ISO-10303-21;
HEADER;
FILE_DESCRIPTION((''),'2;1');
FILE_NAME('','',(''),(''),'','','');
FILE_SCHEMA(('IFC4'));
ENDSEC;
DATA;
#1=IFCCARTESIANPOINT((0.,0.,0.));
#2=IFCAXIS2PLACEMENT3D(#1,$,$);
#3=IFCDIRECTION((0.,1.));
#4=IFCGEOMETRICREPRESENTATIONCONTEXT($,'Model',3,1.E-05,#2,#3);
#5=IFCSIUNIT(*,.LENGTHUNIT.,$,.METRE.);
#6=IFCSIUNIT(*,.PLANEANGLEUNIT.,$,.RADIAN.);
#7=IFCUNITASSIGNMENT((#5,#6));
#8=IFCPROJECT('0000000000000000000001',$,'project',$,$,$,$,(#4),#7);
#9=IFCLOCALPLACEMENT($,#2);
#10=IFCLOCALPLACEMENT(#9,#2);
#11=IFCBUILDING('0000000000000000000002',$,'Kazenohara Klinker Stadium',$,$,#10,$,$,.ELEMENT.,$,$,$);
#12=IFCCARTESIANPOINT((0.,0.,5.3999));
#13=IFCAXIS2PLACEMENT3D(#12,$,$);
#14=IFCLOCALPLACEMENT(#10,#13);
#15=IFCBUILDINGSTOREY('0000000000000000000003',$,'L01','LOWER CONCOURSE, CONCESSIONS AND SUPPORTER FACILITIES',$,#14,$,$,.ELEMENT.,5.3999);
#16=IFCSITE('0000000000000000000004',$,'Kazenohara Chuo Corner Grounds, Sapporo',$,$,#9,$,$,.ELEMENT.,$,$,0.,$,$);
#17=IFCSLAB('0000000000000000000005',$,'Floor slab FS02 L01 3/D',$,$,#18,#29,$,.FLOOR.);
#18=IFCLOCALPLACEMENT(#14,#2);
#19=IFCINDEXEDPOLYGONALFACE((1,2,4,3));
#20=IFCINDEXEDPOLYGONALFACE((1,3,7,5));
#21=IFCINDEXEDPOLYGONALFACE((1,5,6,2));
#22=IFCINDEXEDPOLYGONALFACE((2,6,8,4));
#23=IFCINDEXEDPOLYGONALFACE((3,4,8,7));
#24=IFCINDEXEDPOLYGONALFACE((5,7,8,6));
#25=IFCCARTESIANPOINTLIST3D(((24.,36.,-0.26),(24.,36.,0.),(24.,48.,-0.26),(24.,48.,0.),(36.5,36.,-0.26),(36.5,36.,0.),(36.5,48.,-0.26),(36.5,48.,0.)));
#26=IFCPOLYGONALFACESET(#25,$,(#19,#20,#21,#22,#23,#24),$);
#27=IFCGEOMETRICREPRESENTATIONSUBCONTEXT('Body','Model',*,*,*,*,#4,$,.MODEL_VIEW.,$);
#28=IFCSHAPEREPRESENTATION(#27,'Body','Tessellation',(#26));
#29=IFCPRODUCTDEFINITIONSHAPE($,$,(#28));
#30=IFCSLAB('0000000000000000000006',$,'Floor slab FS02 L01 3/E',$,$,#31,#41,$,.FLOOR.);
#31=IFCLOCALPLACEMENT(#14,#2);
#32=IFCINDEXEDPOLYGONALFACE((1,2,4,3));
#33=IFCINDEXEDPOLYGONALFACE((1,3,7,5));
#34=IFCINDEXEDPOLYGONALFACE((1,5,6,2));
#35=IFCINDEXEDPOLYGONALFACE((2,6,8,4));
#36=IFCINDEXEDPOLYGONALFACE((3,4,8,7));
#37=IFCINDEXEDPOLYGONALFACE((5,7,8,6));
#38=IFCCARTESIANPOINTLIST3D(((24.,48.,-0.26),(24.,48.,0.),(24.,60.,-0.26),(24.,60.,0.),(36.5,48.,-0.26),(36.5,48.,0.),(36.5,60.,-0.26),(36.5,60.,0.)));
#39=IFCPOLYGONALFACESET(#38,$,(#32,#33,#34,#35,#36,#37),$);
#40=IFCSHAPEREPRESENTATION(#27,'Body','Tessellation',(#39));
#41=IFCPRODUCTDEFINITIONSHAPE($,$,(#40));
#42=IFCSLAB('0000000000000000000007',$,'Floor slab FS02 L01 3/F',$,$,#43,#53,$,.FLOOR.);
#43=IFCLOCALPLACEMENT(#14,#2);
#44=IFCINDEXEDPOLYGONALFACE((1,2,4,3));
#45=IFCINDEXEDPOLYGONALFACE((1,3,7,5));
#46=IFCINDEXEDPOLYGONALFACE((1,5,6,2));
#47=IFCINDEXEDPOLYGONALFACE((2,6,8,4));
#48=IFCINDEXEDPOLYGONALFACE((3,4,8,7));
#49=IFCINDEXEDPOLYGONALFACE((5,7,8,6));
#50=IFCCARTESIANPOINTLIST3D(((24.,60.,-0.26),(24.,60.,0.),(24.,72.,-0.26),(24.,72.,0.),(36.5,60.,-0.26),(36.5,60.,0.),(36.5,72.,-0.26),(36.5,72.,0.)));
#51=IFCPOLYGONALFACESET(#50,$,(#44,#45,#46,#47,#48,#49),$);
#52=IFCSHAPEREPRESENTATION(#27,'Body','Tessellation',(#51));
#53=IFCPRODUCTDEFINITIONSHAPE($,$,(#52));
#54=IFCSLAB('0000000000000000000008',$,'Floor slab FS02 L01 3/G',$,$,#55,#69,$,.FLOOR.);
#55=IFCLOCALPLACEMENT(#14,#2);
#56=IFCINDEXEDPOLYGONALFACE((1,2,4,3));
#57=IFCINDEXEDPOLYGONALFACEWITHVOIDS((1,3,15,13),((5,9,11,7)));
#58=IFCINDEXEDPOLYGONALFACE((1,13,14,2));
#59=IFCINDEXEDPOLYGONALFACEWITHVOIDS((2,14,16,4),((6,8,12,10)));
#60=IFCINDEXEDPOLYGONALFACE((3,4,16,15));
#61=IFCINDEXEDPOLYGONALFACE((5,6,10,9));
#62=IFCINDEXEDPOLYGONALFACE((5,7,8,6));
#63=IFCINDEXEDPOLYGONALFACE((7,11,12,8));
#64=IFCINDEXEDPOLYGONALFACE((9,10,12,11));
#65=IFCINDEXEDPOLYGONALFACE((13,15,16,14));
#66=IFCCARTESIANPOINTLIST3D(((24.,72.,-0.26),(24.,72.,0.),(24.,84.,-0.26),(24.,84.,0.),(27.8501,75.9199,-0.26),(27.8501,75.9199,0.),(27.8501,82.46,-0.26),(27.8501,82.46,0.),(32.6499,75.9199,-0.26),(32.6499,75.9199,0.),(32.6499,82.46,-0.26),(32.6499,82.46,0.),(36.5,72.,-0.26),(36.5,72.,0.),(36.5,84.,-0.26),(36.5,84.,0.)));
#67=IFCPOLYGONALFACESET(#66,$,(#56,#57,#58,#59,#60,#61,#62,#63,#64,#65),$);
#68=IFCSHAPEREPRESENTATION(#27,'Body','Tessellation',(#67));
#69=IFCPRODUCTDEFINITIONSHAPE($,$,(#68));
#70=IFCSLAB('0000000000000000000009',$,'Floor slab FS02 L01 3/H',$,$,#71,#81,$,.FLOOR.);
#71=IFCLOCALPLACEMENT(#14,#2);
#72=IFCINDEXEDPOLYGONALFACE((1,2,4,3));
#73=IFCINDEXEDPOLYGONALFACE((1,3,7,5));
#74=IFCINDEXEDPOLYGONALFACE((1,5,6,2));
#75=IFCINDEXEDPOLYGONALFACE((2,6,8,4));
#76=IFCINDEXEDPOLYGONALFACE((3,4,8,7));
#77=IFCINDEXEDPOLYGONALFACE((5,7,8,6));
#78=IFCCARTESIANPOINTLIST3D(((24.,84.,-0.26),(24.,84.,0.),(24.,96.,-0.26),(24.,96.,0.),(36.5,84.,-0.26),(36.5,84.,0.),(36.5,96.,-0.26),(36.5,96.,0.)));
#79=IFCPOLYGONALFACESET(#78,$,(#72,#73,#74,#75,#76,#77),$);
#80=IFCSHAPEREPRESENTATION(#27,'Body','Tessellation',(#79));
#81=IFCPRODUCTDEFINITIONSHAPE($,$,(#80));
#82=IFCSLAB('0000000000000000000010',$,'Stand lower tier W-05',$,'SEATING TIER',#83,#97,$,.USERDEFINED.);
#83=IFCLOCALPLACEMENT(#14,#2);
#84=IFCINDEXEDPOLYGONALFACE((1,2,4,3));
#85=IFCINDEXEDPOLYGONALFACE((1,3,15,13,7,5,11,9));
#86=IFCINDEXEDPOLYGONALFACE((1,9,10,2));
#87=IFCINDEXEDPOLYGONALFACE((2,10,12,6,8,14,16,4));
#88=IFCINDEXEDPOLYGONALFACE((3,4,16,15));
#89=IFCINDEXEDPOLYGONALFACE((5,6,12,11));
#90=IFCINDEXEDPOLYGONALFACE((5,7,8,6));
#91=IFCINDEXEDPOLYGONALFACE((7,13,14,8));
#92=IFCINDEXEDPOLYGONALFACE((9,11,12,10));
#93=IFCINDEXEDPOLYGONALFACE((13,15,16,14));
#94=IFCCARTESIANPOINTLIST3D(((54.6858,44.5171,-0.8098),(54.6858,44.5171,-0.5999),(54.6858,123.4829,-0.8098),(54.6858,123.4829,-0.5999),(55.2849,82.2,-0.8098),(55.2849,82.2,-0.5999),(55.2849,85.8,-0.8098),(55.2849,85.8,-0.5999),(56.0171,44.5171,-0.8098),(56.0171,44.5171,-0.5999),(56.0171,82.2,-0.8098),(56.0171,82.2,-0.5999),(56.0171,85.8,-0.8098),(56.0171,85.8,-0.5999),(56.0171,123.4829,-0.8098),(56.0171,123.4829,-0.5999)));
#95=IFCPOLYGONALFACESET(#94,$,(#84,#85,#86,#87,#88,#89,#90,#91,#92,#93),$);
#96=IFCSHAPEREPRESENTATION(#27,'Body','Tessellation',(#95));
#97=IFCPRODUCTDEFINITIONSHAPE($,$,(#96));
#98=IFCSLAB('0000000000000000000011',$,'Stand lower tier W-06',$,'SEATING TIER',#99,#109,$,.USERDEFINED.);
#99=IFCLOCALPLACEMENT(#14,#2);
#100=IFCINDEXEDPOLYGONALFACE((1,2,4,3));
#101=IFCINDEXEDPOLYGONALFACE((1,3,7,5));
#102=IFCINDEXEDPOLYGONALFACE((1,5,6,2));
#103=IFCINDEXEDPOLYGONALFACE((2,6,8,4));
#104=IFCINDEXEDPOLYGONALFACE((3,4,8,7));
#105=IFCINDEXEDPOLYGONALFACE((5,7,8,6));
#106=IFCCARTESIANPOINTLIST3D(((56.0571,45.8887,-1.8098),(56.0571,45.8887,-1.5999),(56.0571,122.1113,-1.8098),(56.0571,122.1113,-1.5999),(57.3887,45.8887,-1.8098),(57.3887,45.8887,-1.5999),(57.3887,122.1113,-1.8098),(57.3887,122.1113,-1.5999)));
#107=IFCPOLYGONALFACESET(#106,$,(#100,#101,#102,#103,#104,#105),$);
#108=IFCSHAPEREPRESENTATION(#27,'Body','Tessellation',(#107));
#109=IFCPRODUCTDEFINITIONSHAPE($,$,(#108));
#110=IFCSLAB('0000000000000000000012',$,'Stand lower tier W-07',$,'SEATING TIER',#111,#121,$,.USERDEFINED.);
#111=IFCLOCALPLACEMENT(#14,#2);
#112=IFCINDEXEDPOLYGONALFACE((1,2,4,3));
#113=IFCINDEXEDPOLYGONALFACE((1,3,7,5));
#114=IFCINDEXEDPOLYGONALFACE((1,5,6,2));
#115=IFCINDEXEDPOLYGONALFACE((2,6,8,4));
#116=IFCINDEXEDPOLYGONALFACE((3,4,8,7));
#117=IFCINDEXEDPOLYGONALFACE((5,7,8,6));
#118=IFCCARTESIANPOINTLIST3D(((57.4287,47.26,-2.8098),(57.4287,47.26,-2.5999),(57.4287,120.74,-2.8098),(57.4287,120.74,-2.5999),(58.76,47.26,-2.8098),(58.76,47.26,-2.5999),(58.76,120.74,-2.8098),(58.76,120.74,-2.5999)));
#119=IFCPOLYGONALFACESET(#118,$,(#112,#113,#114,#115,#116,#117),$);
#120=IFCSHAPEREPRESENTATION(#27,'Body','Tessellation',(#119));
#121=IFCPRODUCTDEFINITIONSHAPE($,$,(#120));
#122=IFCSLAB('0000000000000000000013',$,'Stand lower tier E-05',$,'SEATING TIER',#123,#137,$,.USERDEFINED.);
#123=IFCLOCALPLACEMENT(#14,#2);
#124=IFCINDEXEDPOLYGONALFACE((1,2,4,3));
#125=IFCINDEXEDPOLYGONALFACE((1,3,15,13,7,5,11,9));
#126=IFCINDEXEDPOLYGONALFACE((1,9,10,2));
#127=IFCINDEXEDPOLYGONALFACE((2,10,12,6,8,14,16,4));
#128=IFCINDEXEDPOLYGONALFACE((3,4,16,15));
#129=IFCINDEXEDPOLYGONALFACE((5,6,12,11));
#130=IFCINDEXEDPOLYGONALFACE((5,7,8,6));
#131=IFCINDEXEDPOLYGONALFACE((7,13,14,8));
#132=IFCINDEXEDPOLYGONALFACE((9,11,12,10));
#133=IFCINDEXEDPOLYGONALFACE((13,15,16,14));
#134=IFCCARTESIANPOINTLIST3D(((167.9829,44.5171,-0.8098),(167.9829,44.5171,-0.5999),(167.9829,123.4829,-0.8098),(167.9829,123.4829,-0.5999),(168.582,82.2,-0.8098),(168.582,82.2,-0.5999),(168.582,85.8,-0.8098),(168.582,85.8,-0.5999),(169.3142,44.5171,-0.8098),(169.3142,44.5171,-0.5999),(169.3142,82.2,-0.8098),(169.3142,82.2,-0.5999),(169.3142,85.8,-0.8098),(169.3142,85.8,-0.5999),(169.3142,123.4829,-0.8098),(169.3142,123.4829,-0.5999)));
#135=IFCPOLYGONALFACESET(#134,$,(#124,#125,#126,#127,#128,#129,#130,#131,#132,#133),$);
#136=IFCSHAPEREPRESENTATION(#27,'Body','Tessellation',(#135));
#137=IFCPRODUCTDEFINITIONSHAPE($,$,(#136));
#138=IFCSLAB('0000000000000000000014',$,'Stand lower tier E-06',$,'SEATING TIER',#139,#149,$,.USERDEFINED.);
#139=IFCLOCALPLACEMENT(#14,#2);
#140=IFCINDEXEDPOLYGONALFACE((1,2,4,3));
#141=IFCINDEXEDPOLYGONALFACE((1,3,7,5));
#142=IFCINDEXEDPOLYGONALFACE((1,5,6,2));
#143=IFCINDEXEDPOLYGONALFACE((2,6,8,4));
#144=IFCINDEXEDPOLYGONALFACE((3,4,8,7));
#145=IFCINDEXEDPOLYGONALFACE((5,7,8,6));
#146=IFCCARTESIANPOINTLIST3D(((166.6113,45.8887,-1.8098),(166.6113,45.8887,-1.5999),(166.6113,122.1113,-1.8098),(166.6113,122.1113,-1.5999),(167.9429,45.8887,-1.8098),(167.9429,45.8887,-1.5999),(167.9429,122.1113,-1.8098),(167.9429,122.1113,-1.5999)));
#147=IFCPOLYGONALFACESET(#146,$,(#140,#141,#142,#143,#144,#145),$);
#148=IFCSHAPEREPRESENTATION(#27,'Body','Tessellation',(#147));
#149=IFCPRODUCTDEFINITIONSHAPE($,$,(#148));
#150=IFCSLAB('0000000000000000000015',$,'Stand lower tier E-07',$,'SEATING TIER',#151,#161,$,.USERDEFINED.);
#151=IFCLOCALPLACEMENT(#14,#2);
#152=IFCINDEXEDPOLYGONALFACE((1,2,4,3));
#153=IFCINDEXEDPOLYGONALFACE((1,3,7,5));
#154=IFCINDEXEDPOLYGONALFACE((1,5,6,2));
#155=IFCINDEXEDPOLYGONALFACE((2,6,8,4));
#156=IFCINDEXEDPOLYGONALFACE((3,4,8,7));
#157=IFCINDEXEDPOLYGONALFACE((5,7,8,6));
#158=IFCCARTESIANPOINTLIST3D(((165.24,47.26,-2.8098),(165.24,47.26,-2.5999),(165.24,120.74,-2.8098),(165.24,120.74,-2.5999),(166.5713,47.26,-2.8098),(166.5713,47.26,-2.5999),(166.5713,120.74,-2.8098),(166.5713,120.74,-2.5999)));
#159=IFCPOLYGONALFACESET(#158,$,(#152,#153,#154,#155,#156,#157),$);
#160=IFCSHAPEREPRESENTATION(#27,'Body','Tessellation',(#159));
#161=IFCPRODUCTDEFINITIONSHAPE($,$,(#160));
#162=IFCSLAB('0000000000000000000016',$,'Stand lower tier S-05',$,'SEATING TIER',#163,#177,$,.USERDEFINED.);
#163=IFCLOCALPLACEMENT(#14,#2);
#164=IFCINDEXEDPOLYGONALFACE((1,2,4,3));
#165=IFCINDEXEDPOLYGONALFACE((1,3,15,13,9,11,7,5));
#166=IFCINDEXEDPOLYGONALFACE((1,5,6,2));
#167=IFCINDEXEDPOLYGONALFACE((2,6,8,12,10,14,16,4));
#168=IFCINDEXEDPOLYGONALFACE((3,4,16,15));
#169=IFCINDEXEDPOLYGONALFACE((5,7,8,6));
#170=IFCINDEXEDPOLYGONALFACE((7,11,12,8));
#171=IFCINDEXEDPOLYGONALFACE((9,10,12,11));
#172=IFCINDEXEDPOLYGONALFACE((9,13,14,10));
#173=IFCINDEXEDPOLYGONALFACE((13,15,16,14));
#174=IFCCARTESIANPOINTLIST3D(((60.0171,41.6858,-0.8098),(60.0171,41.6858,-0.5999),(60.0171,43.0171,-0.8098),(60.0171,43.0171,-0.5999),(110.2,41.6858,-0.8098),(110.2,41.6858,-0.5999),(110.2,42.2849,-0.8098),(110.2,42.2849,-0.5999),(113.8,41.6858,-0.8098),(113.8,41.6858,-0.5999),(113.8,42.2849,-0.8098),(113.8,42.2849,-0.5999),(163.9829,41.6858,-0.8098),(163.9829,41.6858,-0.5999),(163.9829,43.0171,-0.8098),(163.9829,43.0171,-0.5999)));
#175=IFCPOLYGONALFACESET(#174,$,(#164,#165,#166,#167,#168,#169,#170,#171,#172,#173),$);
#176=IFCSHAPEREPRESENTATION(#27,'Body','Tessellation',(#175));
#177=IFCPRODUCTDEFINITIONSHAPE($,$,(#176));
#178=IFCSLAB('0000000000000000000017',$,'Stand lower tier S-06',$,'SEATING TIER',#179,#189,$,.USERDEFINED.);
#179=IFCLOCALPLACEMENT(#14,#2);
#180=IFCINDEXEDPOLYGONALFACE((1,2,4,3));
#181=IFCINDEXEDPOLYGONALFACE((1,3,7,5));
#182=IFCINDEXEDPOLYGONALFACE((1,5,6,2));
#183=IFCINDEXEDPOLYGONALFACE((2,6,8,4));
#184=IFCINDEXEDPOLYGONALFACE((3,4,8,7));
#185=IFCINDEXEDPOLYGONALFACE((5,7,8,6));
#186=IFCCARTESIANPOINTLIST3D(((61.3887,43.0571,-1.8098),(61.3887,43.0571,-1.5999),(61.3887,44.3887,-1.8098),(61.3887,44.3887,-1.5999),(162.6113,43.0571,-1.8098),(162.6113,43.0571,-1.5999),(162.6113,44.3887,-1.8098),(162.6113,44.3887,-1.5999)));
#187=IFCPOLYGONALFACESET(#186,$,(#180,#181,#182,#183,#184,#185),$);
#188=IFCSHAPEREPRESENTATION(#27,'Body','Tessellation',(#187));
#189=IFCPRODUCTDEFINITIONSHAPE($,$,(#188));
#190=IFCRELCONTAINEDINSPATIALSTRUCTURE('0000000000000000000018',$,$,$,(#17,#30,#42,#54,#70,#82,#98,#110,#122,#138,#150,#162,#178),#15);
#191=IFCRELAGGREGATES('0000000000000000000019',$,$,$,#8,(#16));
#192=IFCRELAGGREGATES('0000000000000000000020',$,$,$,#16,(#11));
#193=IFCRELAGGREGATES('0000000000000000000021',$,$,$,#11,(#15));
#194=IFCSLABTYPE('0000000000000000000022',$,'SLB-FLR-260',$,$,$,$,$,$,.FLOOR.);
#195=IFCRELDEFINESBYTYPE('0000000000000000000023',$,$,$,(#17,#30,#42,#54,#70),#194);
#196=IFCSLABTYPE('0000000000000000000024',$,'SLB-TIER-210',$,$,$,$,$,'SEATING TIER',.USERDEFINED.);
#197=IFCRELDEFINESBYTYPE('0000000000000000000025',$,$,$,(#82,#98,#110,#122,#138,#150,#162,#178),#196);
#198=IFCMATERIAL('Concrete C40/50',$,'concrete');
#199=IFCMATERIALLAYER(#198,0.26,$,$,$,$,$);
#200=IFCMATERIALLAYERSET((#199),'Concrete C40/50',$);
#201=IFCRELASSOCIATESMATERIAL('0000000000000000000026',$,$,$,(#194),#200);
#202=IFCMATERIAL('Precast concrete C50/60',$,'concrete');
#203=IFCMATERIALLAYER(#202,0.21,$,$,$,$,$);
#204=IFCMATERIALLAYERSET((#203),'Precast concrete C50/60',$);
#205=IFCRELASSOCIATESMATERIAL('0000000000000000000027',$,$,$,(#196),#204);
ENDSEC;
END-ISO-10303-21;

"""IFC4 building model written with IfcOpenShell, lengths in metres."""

from ifc_helpers import new_model, si_unit, direction, frame, origin, place, context, subcontext, project, spatial, polyline, outline, extrude, material, layer, layer_set, type_object, element, save


model = new_model("IFC4")

# Units and contexts
model_context = context("Model", 3, precision=1e-05, world=origin(), true_north=direction((0.0, 1.0)))
body_context = subcontext(model_context, "Body", "Model", "MODEL_VIEW")
ifc_project = project(units=[si_unit("LENGTHUNIT", "METRE"), si_unit("PLANEANGLEUNIT", "RADIAN")], contexts=[model_context])

# Site, building, storey
site_placement = place(None, origin())
site = spatial("IfcSite", under=ifc_project, at=site_placement, Name="Kazenohara Chuo Corner Grounds, Sapporo", CompositionType="ELEMENT", RefElevation=0.0)
building_placement = place(site_placement, origin())
building = spatial("IfcBuilding", under=site, at=building_placement, Name="Kazenohara Klinker Stadium", CompositionType="ELEMENT")
storey_placement = place(building_placement, frame((0.0, 0.0, 5.3999)))
storey = spatial("IfcBuildingStorey", under=building, at=storey_placement, Name="L01", Description="LOWER CONCOURSE, CONCESSIONS AND SUPPORTER FACILITIES", CompositionType="ELEMENT", Elevation=5.3999)

# Slabs
ifc_material_1 = material(Name="Concrete C40/50", Category="concrete")
ifc_layer_1 = layer(ifc_material_1, 0.26)
ifc_layer_set_1 = layer_set([ifc_layer_1], Name="Concrete C40/50")
slab_type_1 = type_object("IfcSlabType", Name="SLB-FLR-260", PredefinedType="FLOOR", material=ifc_layer_set_1)
slab_1_placement = place(storey_placement, frame((0.0, 0.0, -0.26)))
element("IfcSlab", 1, at=slab_1_placement, inside=storey, type_object=slab_type_1, Name="Floor slab FS02 L01 3/D", PredefinedType="FLOOR", context=body_context, shape_type="SweptSolid", body=[
    extrude(outline(polyline([(24.0, 36.0), (36.5, 36.0), (36.5, 48.0), (24.0, 48.0), (24.0, 36.0)])), origin(), (0.0, 0.0, 1.0), 0.26),
])
slab_2_placement = place(storey_placement, frame((0.0, 0.0, -0.26)))
element("IfcSlab", 2, at=slab_2_placement, inside=storey, type_object=slab_type_1, Name="Floor slab FS02 L01 3/E", PredefinedType="FLOOR", context=body_context, shape_type="SweptSolid", body=[
    extrude(outline(polyline([(24.0, 48.0), (36.5, 48.0), (36.5, 60.0), (24.0, 60.0), (24.0, 48.0)])), origin(), (0.0, 0.0, 1.0), 0.26),
])
slab_3_placement = place(storey_placement, frame((0.0, 0.0, -0.26)))
element("IfcSlab", 3, at=slab_3_placement, inside=storey, type_object=slab_type_1, Name="Floor slab FS02 L01 3/F", PredefinedType="FLOOR", context=body_context, shape_type="SweptSolid", body=[
    extrude(outline(polyline([(24.0, 60.0), (36.5, 60.0), (36.5, 72.0), (24.0, 72.0), (24.0, 60.0)])), origin(), (0.0, 0.0, 1.0), 0.26),
])
slab_4_placement = place(storey_placement, frame((0.0, 0.0, -0.26)))
element("IfcSlab", 4, at=slab_4_placement, inside=storey, type_object=slab_type_1, Name="Floor slab FS02 L01 3/G", PredefinedType="FLOOR", context=body_context, shape_type="SweptSolid", body=[
    extrude(outline(polyline([(24.0, 72.0), (36.5, 72.0), (36.5, 84.0), (24.0, 84.0), (24.0, 72.0)]), holes=[polyline([(32.6499, 75.9199), (32.6499, 82.46), (27.8501, 82.46), (27.8501, 75.9199), (32.6499, 75.9199)])]), origin(), (0.0, 0.0, 1.0), 0.26),
])
slab_5_placement = place(storey_placement, frame((0.0, 0.0, -0.26)))
element("IfcSlab", 5, at=slab_5_placement, inside=storey, type_object=slab_type_1, Name="Floor slab FS02 L01 3/H", PredefinedType="FLOOR", context=body_context, shape_type="SweptSolid", body=[
    extrude(outline(polyline([(24.0, 84.0), (36.5, 84.0), (36.5, 96.0), (24.0, 96.0), (24.0, 84.0)])), origin(), (0.0, 0.0, 1.0), 0.26),
])
ifc_material_2 = material(Name="Precast concrete C50/60", Category="concrete")
ifc_layer_2 = layer(ifc_material_2, 0.21)
ifc_layer_set_2 = layer_set([ifc_layer_2], Name="Precast concrete C50/60")
slab_type_2 = type_object("IfcSlabType", Name="SLB-TIER-210", ElementType="SEATING TIER", PredefinedType="USERDEFINED", material=ifc_layer_set_2)
slab_6_placement = place(storey_placement, frame((0.0, 0.0, -0.8098)))
element("IfcSlab", 6, at=slab_6_placement, inside=storey, type_object=slab_type_2, Name="Stand lower tier W-05", ObjectType="SEATING TIER", PredefinedType="USERDEFINED", context=body_context, shape_type="SweptSolid", body=[
    extrude(outline(polyline([(54.6858, 44.5171), (56.0171, 44.5171), (56.0171, 82.2), (55.2849, 82.2), (55.2849, 85.8), (56.0171, 85.8), (56.0171, 123.4829), (54.6858, 123.4829), (54.6858, 44.5171)])), origin(), (0.0, 0.0, 1.0), 0.21),
])
slab_7_placement = place(storey_placement, frame((0.0, 0.0, -1.8098)))
element("IfcSlab", 7, at=slab_7_placement, inside=storey, type_object=slab_type_2, Name="Stand lower tier W-06", ObjectType="SEATING TIER", PredefinedType="USERDEFINED", context=body_context, shape_type="SweptSolid", body=[
    extrude(outline(polyline([(56.0571, 45.8887), (57.3887, 45.8887), (57.3887, 122.1113), (56.0571, 122.1113), (56.0571, 45.8887)])), origin(), (0.0, 0.0, 1.0), 0.21),
])
slab_8_placement = place(storey_placement, frame((0.0, 0.0, -2.8098)))
element("IfcSlab", 8, at=slab_8_placement, inside=storey, type_object=slab_type_2, Name="Stand lower tier W-07", ObjectType="SEATING TIER", PredefinedType="USERDEFINED", context=body_context, shape_type="SweptSolid", body=[
    extrude(outline(polyline([(57.4287, 47.26), (58.76, 47.26), (58.76, 120.74), (57.4287, 120.74), (57.4287, 47.26)])), origin(), (0.0, 0.0, 1.0), 0.21),
])
slab_9_placement = place(storey_placement, frame((0.0, 0.0, -0.8098)))
element("IfcSlab", 9, at=slab_9_placement, inside=storey, type_object=slab_type_2, Name="Stand lower tier E-05", ObjectType="SEATING TIER", PredefinedType="USERDEFINED", context=body_context, shape_type="SweptSolid", body=[
    extrude(outline(polyline([(167.9829, 44.5171), (169.3142, 44.5171), (169.3142, 82.2), (168.582, 82.2), (168.582, 85.8), (169.3142, 85.8), (169.3142, 123.4829), (167.9829, 123.4829), (167.9829, 44.5171)])), origin(), (0.0, 0.0, 1.0), 0.21),
])
slab_10_placement = place(storey_placement, frame((0.0, 0.0, -1.8098)))
element("IfcSlab", 10, at=slab_10_placement, inside=storey, type_object=slab_type_2, Name="Stand lower tier E-06", ObjectType="SEATING TIER", PredefinedType="USERDEFINED", context=body_context, shape_type="SweptSolid", body=[
    extrude(outline(polyline([(166.6113, 45.8887), (167.9429, 45.8887), (167.9429, 122.1113), (166.6113, 122.1113), (166.6113, 45.8887)])), origin(), (0.0, 0.0, 1.0), 0.21),
])
slab_11_placement = place(storey_placement, frame((0.0, 0.0, -2.8098)))
element("IfcSlab", 11, at=slab_11_placement, inside=storey, type_object=slab_type_2, Name="Stand lower tier E-07", ObjectType="SEATING TIER", PredefinedType="USERDEFINED", context=body_context, shape_type="SweptSolid", body=[
    extrude(outline(polyline([(165.24, 47.26), (166.5713, 47.26), (166.5713, 120.74), (165.24, 120.74), (165.24, 47.26)])), origin(), (0.0, 0.0, 1.0), 0.21),
])
slab_12_placement = place(storey_placement, frame((0.0, 0.0, -0.8098)))
element("IfcSlab", 12, at=slab_12_placement, inside=storey, type_object=slab_type_2, Name="Stand lower tier S-05", ObjectType="SEATING TIER", PredefinedType="USERDEFINED", context=body_context, shape_type="SweptSolid", body=[
    extrude(outline(polyline([(60.0171, 41.6858), (110.2, 41.6858), (110.2, 42.2849), (113.8, 42.2849), (113.8, 41.6858), (163.9829, 41.6858), (163.9829, 43.0171), (60.0171, 43.0171), (60.0171, 41.6858)])), origin(), (0.0, 0.0, 1.0), 0.21),
])
slab_13_placement = place(storey_placement, frame((0.0, 0.0, -1.8098)))
element("IfcSlab", 13, at=slab_13_placement, inside=storey, type_object=slab_type_2, Name="Stand lower tier S-06", ObjectType="SEATING TIER", PredefinedType="USERDEFINED", context=body_context, shape_type="SweptSolid", body=[
    extrude(outline(polyline([(61.3887, 43.0571), (162.6113, 43.0571), (162.6113, 44.3887), (61.3887, 44.3887), (61.3887, 43.0571)])), origin(), (0.0, 0.0, 1.0), 0.21),
])

save(model, "model.ifc")
